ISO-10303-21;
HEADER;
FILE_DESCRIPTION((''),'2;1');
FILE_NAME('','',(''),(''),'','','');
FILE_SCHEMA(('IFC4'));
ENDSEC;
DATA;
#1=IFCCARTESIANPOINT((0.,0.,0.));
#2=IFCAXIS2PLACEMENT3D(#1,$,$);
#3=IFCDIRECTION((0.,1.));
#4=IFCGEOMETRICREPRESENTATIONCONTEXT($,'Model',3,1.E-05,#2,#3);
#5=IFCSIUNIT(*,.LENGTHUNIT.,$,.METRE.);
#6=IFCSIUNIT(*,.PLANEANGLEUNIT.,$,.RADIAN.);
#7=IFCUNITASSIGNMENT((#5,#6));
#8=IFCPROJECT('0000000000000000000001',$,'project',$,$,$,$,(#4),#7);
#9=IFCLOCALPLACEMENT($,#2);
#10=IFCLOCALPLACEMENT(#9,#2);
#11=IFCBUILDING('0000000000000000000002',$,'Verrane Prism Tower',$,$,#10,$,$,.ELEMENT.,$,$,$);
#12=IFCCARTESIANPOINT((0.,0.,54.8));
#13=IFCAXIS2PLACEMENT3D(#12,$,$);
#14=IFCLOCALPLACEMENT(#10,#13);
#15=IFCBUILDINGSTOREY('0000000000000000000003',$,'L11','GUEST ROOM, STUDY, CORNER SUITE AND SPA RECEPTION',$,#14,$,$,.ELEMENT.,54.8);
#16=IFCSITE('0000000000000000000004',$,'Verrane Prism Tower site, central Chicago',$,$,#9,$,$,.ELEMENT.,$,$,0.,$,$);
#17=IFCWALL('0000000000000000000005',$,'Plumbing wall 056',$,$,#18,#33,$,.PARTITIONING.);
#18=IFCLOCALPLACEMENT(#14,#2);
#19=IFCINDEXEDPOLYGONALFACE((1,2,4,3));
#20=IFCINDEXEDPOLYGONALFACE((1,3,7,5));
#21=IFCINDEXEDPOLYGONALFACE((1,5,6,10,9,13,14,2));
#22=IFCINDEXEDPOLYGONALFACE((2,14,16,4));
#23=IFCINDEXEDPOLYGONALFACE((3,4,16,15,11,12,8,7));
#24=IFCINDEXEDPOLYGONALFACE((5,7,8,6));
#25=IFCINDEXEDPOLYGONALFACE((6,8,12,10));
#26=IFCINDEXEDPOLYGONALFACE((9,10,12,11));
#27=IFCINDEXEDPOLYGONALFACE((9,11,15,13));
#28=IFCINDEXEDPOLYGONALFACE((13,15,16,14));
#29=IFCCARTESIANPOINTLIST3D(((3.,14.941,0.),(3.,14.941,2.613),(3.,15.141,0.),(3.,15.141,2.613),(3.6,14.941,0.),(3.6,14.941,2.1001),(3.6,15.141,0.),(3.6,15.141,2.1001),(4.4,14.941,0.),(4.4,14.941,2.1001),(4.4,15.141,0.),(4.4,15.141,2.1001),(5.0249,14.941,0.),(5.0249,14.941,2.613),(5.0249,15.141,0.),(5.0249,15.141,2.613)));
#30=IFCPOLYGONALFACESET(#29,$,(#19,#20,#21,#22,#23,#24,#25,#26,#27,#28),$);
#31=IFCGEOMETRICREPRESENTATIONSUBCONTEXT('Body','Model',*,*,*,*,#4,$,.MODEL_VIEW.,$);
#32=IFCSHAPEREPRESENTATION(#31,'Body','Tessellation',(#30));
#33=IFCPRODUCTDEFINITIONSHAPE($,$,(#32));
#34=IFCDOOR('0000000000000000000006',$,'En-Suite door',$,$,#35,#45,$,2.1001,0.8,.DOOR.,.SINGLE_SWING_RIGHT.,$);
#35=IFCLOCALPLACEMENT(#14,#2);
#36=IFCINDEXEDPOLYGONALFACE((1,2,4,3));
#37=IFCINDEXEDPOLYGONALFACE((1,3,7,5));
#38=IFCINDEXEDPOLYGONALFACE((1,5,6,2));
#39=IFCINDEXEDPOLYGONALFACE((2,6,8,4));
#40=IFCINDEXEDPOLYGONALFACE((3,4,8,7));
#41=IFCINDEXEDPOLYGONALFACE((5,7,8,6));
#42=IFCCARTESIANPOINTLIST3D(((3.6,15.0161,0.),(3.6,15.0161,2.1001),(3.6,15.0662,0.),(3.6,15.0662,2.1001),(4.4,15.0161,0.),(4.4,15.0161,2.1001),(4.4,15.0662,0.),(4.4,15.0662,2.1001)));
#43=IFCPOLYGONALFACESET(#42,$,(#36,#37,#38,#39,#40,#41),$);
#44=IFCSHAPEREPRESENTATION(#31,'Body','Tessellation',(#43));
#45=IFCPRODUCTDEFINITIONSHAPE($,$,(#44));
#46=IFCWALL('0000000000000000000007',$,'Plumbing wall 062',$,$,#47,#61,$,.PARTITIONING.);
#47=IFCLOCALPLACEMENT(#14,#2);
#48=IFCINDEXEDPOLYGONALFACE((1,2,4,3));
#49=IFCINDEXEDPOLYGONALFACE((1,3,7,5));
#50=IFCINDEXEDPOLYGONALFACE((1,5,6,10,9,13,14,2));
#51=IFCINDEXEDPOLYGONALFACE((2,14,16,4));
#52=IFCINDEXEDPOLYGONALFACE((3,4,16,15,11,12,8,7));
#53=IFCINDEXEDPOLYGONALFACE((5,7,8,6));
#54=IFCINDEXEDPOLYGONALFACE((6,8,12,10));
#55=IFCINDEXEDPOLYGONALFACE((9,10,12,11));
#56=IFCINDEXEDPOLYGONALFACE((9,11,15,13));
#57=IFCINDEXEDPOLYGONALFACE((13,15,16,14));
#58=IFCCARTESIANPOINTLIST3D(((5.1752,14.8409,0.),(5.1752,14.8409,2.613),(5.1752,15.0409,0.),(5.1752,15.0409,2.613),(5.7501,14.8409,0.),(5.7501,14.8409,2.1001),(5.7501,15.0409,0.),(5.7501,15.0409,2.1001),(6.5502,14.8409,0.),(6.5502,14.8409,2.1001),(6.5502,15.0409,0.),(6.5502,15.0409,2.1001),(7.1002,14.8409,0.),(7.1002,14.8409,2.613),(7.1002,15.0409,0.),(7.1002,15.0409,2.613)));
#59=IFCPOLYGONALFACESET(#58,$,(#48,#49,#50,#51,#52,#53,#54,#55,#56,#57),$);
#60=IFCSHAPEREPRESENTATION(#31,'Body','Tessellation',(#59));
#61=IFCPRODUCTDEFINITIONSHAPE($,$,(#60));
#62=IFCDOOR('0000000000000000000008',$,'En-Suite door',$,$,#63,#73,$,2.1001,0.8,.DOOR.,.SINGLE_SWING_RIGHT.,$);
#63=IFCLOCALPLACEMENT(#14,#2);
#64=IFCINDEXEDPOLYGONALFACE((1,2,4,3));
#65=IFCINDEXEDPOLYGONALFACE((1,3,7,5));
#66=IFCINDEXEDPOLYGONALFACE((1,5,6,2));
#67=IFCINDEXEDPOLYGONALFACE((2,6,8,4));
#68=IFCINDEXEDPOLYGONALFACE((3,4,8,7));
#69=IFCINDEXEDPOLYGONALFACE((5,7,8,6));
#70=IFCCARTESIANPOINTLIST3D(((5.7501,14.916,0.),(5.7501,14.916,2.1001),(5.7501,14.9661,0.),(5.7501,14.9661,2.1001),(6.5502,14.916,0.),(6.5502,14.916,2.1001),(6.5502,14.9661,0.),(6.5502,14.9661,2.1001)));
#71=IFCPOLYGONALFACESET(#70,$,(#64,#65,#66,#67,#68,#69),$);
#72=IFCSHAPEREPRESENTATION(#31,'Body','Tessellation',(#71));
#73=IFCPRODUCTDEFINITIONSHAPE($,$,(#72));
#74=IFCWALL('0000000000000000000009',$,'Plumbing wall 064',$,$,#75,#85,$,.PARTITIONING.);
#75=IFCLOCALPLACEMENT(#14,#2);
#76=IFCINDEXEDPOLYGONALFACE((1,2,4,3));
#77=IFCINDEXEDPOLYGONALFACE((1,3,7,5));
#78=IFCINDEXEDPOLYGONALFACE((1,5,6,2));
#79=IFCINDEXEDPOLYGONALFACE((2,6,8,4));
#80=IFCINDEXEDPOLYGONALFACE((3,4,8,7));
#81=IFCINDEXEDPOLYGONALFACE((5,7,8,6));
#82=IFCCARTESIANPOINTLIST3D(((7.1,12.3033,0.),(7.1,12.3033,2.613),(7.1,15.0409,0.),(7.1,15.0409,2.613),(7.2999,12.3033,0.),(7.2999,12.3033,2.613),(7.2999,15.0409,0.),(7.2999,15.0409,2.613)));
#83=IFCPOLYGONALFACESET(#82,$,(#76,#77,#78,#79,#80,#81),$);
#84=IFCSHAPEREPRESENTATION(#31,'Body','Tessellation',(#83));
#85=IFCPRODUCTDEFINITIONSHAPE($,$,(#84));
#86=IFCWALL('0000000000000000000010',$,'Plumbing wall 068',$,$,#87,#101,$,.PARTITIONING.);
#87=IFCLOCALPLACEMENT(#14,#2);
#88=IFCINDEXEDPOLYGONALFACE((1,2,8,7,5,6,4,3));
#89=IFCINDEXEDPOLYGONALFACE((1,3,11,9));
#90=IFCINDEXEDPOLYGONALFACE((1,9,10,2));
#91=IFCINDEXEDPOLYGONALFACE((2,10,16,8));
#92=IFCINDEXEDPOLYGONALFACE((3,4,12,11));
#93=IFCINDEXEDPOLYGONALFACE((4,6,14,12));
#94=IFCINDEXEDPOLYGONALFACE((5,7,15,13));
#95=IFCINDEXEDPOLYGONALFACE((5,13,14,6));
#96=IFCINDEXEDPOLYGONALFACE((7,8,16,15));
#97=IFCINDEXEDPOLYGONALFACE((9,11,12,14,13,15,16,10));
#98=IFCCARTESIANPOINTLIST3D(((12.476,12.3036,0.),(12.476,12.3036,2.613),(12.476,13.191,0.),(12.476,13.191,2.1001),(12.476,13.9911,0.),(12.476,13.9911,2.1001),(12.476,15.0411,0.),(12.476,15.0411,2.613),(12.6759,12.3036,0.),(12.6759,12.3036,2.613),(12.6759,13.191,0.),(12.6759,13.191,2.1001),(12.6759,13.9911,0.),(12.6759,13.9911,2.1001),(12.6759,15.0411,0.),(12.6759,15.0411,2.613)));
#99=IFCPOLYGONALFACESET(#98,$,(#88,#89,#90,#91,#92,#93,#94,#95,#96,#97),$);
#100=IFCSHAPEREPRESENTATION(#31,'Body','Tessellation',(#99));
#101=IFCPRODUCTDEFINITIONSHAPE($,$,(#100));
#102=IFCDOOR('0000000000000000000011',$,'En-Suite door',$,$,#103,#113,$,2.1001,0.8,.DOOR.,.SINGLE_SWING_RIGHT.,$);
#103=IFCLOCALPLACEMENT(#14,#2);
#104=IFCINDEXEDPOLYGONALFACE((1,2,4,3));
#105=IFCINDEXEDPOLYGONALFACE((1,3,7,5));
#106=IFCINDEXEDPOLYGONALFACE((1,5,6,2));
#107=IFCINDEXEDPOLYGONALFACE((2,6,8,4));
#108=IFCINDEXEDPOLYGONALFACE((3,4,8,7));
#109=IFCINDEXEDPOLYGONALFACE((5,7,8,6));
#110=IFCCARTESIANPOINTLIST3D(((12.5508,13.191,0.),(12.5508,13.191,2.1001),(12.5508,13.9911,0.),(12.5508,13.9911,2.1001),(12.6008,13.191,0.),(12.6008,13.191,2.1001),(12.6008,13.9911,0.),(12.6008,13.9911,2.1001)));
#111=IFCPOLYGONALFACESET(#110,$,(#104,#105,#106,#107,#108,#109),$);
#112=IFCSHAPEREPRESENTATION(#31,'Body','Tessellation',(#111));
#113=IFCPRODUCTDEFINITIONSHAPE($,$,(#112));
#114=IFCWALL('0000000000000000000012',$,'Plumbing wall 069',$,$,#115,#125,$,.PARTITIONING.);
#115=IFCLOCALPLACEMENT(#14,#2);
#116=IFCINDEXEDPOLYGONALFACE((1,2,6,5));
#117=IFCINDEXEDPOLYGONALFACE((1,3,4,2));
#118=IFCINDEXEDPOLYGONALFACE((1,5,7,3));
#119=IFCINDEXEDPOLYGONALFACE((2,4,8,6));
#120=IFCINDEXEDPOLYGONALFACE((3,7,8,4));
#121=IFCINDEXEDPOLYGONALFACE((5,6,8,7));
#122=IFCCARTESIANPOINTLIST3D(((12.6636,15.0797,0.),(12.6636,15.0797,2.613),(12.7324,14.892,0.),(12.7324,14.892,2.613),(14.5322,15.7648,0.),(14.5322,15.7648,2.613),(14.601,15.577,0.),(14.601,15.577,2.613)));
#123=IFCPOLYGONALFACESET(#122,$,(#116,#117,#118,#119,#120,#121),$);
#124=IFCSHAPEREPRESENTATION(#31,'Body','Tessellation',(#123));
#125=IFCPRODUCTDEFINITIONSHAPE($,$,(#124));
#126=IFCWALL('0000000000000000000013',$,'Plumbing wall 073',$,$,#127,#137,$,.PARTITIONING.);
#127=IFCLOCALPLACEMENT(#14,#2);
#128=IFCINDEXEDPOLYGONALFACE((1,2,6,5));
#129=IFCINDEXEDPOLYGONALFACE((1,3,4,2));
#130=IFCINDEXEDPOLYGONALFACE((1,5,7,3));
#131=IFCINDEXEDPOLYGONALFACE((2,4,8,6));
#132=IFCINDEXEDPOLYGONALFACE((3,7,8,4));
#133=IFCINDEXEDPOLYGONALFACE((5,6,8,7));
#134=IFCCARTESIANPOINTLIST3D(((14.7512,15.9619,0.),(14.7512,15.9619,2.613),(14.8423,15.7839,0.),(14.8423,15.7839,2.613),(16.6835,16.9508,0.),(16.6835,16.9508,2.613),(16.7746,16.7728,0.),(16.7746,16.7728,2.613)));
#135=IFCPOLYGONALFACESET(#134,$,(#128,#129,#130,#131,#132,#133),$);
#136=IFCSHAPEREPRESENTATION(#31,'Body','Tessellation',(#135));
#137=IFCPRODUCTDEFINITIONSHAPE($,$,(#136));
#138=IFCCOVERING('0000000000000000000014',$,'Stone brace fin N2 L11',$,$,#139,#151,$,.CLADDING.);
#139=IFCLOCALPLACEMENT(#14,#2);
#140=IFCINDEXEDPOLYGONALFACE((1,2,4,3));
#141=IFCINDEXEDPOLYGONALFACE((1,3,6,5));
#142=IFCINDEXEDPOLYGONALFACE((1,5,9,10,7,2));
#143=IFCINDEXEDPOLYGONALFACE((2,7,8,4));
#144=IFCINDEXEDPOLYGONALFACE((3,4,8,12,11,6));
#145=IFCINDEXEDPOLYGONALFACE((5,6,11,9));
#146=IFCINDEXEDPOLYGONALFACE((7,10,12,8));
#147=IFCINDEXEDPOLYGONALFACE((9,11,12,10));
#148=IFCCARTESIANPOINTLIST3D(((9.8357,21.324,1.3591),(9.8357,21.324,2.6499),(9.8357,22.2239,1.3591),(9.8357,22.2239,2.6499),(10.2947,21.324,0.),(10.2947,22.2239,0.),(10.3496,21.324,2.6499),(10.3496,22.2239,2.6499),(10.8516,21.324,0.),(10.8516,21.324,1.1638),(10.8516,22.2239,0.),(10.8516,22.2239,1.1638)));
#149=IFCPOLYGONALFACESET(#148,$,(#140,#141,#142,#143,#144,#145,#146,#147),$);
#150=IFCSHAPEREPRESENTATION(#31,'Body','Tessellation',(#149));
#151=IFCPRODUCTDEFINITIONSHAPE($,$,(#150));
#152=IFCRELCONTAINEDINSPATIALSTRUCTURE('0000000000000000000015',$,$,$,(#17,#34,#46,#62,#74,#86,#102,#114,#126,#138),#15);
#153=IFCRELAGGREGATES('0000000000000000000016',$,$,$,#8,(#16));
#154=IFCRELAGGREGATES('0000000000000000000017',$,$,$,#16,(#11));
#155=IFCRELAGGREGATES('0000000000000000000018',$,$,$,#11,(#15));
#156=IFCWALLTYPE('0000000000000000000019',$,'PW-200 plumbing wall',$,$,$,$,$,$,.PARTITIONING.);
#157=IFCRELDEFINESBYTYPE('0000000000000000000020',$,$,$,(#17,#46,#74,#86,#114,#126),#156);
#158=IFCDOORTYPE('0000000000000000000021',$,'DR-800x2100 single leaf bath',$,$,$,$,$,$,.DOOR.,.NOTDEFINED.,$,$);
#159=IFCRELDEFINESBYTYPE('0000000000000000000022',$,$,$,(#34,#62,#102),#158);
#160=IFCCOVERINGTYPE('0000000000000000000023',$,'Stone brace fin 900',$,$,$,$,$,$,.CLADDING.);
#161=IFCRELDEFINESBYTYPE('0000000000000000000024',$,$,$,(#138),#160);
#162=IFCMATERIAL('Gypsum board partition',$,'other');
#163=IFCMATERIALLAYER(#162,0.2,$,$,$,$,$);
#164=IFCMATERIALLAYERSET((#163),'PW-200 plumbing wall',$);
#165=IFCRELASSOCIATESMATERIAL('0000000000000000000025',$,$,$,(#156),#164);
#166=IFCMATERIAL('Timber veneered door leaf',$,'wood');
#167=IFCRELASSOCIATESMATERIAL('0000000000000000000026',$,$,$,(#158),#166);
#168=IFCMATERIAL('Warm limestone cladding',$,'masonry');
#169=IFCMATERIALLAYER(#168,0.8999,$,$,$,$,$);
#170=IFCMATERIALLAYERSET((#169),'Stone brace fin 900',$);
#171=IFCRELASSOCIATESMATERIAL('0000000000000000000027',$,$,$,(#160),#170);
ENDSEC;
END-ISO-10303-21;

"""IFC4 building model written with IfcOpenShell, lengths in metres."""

from ifc_helpers import new_model, si_unit, direction, frame, frame_2d, origin, place, context, subcontext, project, spatial, polyline, rectangle, outline, extrude, material, layer, layer_set, type_object, element, fill, save


model = new_model("IFC4")

# Units and contexts
model_context = context("Model", 3, precision=1e-05, world=origin(), true_north=direction((0.0, 1.0)))
body_context = subcontext(model_context, "Body", "Model", "MODEL_VIEW")
ifc_project = project(units=[si_unit("LENGTHUNIT", "METRE"), si_unit("PLANEANGLEUNIT", "RADIAN")], contexts=[model_context])

# Site, building, storey
site_placement = place(None, origin())
site = spatial("IfcSite", under=ifc_project, at=site_placement, Name="Verrane Prism Tower site, central Chicago", CompositionType="ELEMENT", RefElevation=0.0)
building_placement = place(site_placement, origin())
building = spatial("IfcBuilding", under=site, at=building_placement, Name="Verrane Prism Tower", CompositionType="ELEMENT")
storey_placement = place(building_placement, frame((0.0, 0.0, 54.8)))
storey = spatial("IfcBuildingStorey", under=building, at=storey_placement, Name="L11", Description="GUEST ROOM, STUDY, CORNER SUITE AND SPA RECEPTION", CompositionType="ELEMENT", Elevation=54.8)

# Shared definitions
ifc_material_1 = material(Name="Gypsum board partition", Category="other")
ifc_layer_1 = layer(ifc_material_1, 0.2)
ifc_layer_set_1 = layer_set([ifc_layer_1], Name="PW-200 plumbing wall")
wall_type_1 = type_object("IfcWallType", Name="PW-200 plumbing wall", PredefinedType="PARTITIONING", material=ifc_layer_set_1)

# Walls, openings, doors
wall_1_placement = place(storey_placement, frame((5.0249, 15.041, 0.0), z_axis=(0.0, 0.0, 1.0), x_axis=(-1.0, 0.0, 0.0)))
wall_1 = element("IfcWall", 1, at=wall_1_placement, inside=storey, type_object=wall_type_1, Name="Plumbing wall 056", PredefinedType="PARTITIONING", context=body_context, shape_type="SweptSolid", body=[
    extrude(rectangle(XDim=2.0249, YDim=0.2, at=frame_2d((1.0125, 0.0))), origin(), (0.0, 0.0, 1.0), 2.613),
])
opening_1_placement = place(wall_1_placement, frame((0.625, 0.0, 0.0)))
opening_1 = element("IfcOpeningElement", 2, at=opening_1_placement, cuts=wall_1, PredefinedType="OPENING", context=body_context, shape_type="SweptSolid", body=[
    extrude(rectangle(XDim=0.8, YDim=2.1001, at=frame_2d((0.3999, 1.05))), frame((0.0, 0.1099, 0.0), z_axis=(0.0, -1.0, 0.0), x_axis=(1.0, 0.0, 0.0)), (0.0, 0.0, 1.0), 0.22),
])
ifc_material_2 = material(Name="Timber veneered door leaf", Category="wood")
door_type = type_object("IfcDoorType", Name="DR-800x2100 single leaf bath", OperationType="NOTDEFINED", PredefinedType="DOOR", material=ifc_material_2)
door_1_placement = place(opening_1_placement, origin())
door_1 = element("IfcDoor", 3, at=door_1_placement, inside=storey, type_object=door_type, Name="En-Suite door", OperationType="SINGLE_SWING_RIGHT", OverallHeight=2.1001, OverallWidth=0.8, PredefinedType="DOOR", context=body_context, shape_type="SweptSolid", body=[
    extrude(rectangle(XDim=0.8, YDim=2.1001, at=frame_2d((0.3999, 1.05))), frame((0.0, 0.0249, 0.0), z_axis=(0.0, -1.0, 0.0), x_axis=(1.0, 0.0, 0.0)), (0.0, 0.0, 1.0), 0.05),
])
fill(opening_1, door_1)
wall_2_placement = place(storey_placement, frame((7.1001, 14.9409, 0.0), z_axis=(0.0, 0.0, 1.0), x_axis=(-1.0, 0.0, 0.0)))
wall_2 = element("IfcWall", 4, at=wall_2_placement, inside=storey, type_object=wall_type_1, Name="Plumbing wall 062", PredefinedType="PARTITIONING", context=body_context, shape_type="SweptSolid", body=[
    extrude(rectangle(XDim=1.925, YDim=0.2, at=frame_2d((0.9624, 0.0))), origin(), (0.0, 0.0, 1.0), 2.613),
])
opening_2_placement = place(wall_2_placement, frame((0.55, 0.0, 0.0)))
opening_2 = element("IfcOpeningElement", 5, at=opening_2_placement, cuts=wall_2, PredefinedType="OPENING", context=body_context, shape_type="SweptSolid", body=[
    extrude(rectangle(XDim=0.8, YDim=2.1001, at=frame_2d((0.3999, 1.05))), frame((0.0, 0.1099, 0.0), z_axis=(0.0, -1.0, 0.0), x_axis=(1.0, 0.0, 0.0)), (0.0, 0.0, 1.0), 0.22),
])
door_2_placement = place(opening_2_placement, origin())
door_2 = element("IfcDoor", 6, at=door_2_placement, inside=storey, type_object=door_type, Name="En-Suite door", OperationType="SINGLE_SWING_RIGHT", OverallHeight=2.1001, OverallWidth=0.8, PredefinedType="DOOR", context=body_context, shape_type="SweptSolid", body=[
    extrude(rectangle(XDim=0.8, YDim=2.1001, at=frame_2d((0.3999, 1.05))), frame((0.0, 0.0249, 0.0), z_axis=(0.0, -1.0, 0.0), x_axis=(1.0, 0.0, 0.0)), (0.0, 0.0, 1.0), 0.05),
])
fill(opening_2, door_2)

# Wall
wall_3_placement = place(storey_placement, frame((7.2, 12.3035, 0.0), z_axis=(0.0, 0.0, 1.0), x_axis=(0.0, 1.0, 0.0)))
element("IfcWall", 7, at=wall_3_placement, inside=storey, type_object=wall_type_1, Name="Plumbing wall 064", PredefinedType="PARTITIONING", context=body_context, shape_type="SweptSolid", body=[
    extrude(rectangle(XDim=2.7375, YDim=0.2, at=frame_2d((1.3687, 0.0))), origin(), (0.0, 0.0, 1.0), 2.613),
])

# Wall, opening, door
wall_4_placement = place(storey_placement, frame((12.5759, 15.041, 0.0), z_axis=(0.0, 0.0, 1.0), x_axis=(0.0, -1.0, 0.0)))
wall_4 = element("IfcWall", 8, at=wall_4_placement, inside=storey, type_object=wall_type_1, Name="Plumbing wall 068", PredefinedType="PARTITIONING", context=body_context, shape_type="SweptSolid", body=[
    extrude(rectangle(XDim=2.7375, YDim=0.2, at=frame_2d((1.3687, 0.0))), origin(), (0.0, 0.0, 1.0), 2.613),
])
opening_3_placement = place(wall_4_placement, frame((1.05, 0.0, 0.0)))
opening_3 = element("IfcOpeningElement", 9, at=opening_3_placement, cuts=wall_4, PredefinedType="OPENING", context=body_context, shape_type="SweptSolid", body=[
    extrude(rectangle(XDim=0.8, YDim=2.1001, at=frame_2d((0.3999, 1.05))), frame((0.0, 0.1099, 0.0), z_axis=(0.0, -1.0, 0.0), x_axis=(1.0, 0.0, 0.0)), (0.0, 0.0, 1.0), 0.22),
])
door_3_placement = place(opening_3_placement, origin())
door_3 = element("IfcDoor", 10, at=door_3_placement, inside=storey, type_object=door_type, Name="En-Suite door", OperationType="SINGLE_SWING_RIGHT", OverallHeight=2.1001, OverallWidth=0.8, PredefinedType="DOOR", context=body_context, shape_type="SweptSolid", body=[
    extrude(rectangle(XDim=0.8, YDim=2.1001, at=frame_2d((0.3999, 1.05))), frame((0.0, 0.0249, 0.0), z_axis=(0.0, -1.0, 0.0), x_axis=(1.0, 0.0, 0.0)), (0.0, 0.0, 1.0), 0.05),
])
fill(opening_3, door_3)

# Walls
wall_5_placement = place(storey_placement, frame((12.698, 14.9858, 0.0), z_axis=(0.0, 0.0, 1.0), x_axis=(0.938895, 0.344204, 0.0)))
element("IfcWall", 11, at=wall_5_placement, inside=storey, type_object=wall_type_1, Name="Plumbing wall 069", PredefinedType="PARTITIONING", context=body_context, shape_type="SweptSolid", body=[
    extrude(rectangle(XDim=1.9902, YDim=0.2, at=frame_2d((0.9951, 0.0))), origin(), (0.0, 0.0, 1.0), 2.613),
])
wall_6_placement = place(storey_placement, frame((14.7966, 15.8728, 0.0), z_axis=(0.0, 0.0, 1.0), x_axis=(0.890181, 0.455606, 0.0)))
element("IfcWall", 12, at=wall_6_placement, inside=storey, type_object=wall_type_1, Name="Plumbing wall 073", PredefinedType="PARTITIONING", context=body_context, shape_type="SweptSolid", body=[
    extrude(rectangle(XDim=2.1707, YDim=0.2, at=frame_2d((1.0854, 0.0))), origin(), (0.0, 0.0, 1.0), 2.613),
])

# Covering
ifc_material_3 = material(Name="Warm limestone cladding", Category="masonry")
ifc_layer_2 = layer(ifc_material_3, 0.8999)
ifc_layer_set_2 = layer_set([ifc_layer_2], Name="Stone brace fin 900")
covering_type = type_object("IfcCoveringType", Name="Stone brace fin 900", PredefinedType="CLADDING", material=ifc_layer_set_2)
covering_placement = place(storey_placement, frame((10.8516, 21.7739, 0.0), z_axis=(0.0, 0.0, 1.0), x_axis=(-1.0, 0.0, 0.0)))
element("IfcCovering", 13, at=covering_placement, inside=storey, type_object=covering_type, Name="Stone brace fin N2 L11", PredefinedType="CLADDING", context=body_context, shape_type="SweptSolid", body=[
    extrude(outline(polyline([(1.0159, 2.6499), (0.502, 2.6499), (0.0, 1.1638), (0.0, 0.0), (0.5569, 0.0), (1.0159, 1.3591), (1.0159, 2.6499)])), frame((0.0, 0.45, 0.0), z_axis=(0.0, -1.0, 0.0), x_axis=(1.0, 0.0, 0.0)), (0.0, 0.0, 1.0), 0.8999),
])

save(model, "model.ifc")
